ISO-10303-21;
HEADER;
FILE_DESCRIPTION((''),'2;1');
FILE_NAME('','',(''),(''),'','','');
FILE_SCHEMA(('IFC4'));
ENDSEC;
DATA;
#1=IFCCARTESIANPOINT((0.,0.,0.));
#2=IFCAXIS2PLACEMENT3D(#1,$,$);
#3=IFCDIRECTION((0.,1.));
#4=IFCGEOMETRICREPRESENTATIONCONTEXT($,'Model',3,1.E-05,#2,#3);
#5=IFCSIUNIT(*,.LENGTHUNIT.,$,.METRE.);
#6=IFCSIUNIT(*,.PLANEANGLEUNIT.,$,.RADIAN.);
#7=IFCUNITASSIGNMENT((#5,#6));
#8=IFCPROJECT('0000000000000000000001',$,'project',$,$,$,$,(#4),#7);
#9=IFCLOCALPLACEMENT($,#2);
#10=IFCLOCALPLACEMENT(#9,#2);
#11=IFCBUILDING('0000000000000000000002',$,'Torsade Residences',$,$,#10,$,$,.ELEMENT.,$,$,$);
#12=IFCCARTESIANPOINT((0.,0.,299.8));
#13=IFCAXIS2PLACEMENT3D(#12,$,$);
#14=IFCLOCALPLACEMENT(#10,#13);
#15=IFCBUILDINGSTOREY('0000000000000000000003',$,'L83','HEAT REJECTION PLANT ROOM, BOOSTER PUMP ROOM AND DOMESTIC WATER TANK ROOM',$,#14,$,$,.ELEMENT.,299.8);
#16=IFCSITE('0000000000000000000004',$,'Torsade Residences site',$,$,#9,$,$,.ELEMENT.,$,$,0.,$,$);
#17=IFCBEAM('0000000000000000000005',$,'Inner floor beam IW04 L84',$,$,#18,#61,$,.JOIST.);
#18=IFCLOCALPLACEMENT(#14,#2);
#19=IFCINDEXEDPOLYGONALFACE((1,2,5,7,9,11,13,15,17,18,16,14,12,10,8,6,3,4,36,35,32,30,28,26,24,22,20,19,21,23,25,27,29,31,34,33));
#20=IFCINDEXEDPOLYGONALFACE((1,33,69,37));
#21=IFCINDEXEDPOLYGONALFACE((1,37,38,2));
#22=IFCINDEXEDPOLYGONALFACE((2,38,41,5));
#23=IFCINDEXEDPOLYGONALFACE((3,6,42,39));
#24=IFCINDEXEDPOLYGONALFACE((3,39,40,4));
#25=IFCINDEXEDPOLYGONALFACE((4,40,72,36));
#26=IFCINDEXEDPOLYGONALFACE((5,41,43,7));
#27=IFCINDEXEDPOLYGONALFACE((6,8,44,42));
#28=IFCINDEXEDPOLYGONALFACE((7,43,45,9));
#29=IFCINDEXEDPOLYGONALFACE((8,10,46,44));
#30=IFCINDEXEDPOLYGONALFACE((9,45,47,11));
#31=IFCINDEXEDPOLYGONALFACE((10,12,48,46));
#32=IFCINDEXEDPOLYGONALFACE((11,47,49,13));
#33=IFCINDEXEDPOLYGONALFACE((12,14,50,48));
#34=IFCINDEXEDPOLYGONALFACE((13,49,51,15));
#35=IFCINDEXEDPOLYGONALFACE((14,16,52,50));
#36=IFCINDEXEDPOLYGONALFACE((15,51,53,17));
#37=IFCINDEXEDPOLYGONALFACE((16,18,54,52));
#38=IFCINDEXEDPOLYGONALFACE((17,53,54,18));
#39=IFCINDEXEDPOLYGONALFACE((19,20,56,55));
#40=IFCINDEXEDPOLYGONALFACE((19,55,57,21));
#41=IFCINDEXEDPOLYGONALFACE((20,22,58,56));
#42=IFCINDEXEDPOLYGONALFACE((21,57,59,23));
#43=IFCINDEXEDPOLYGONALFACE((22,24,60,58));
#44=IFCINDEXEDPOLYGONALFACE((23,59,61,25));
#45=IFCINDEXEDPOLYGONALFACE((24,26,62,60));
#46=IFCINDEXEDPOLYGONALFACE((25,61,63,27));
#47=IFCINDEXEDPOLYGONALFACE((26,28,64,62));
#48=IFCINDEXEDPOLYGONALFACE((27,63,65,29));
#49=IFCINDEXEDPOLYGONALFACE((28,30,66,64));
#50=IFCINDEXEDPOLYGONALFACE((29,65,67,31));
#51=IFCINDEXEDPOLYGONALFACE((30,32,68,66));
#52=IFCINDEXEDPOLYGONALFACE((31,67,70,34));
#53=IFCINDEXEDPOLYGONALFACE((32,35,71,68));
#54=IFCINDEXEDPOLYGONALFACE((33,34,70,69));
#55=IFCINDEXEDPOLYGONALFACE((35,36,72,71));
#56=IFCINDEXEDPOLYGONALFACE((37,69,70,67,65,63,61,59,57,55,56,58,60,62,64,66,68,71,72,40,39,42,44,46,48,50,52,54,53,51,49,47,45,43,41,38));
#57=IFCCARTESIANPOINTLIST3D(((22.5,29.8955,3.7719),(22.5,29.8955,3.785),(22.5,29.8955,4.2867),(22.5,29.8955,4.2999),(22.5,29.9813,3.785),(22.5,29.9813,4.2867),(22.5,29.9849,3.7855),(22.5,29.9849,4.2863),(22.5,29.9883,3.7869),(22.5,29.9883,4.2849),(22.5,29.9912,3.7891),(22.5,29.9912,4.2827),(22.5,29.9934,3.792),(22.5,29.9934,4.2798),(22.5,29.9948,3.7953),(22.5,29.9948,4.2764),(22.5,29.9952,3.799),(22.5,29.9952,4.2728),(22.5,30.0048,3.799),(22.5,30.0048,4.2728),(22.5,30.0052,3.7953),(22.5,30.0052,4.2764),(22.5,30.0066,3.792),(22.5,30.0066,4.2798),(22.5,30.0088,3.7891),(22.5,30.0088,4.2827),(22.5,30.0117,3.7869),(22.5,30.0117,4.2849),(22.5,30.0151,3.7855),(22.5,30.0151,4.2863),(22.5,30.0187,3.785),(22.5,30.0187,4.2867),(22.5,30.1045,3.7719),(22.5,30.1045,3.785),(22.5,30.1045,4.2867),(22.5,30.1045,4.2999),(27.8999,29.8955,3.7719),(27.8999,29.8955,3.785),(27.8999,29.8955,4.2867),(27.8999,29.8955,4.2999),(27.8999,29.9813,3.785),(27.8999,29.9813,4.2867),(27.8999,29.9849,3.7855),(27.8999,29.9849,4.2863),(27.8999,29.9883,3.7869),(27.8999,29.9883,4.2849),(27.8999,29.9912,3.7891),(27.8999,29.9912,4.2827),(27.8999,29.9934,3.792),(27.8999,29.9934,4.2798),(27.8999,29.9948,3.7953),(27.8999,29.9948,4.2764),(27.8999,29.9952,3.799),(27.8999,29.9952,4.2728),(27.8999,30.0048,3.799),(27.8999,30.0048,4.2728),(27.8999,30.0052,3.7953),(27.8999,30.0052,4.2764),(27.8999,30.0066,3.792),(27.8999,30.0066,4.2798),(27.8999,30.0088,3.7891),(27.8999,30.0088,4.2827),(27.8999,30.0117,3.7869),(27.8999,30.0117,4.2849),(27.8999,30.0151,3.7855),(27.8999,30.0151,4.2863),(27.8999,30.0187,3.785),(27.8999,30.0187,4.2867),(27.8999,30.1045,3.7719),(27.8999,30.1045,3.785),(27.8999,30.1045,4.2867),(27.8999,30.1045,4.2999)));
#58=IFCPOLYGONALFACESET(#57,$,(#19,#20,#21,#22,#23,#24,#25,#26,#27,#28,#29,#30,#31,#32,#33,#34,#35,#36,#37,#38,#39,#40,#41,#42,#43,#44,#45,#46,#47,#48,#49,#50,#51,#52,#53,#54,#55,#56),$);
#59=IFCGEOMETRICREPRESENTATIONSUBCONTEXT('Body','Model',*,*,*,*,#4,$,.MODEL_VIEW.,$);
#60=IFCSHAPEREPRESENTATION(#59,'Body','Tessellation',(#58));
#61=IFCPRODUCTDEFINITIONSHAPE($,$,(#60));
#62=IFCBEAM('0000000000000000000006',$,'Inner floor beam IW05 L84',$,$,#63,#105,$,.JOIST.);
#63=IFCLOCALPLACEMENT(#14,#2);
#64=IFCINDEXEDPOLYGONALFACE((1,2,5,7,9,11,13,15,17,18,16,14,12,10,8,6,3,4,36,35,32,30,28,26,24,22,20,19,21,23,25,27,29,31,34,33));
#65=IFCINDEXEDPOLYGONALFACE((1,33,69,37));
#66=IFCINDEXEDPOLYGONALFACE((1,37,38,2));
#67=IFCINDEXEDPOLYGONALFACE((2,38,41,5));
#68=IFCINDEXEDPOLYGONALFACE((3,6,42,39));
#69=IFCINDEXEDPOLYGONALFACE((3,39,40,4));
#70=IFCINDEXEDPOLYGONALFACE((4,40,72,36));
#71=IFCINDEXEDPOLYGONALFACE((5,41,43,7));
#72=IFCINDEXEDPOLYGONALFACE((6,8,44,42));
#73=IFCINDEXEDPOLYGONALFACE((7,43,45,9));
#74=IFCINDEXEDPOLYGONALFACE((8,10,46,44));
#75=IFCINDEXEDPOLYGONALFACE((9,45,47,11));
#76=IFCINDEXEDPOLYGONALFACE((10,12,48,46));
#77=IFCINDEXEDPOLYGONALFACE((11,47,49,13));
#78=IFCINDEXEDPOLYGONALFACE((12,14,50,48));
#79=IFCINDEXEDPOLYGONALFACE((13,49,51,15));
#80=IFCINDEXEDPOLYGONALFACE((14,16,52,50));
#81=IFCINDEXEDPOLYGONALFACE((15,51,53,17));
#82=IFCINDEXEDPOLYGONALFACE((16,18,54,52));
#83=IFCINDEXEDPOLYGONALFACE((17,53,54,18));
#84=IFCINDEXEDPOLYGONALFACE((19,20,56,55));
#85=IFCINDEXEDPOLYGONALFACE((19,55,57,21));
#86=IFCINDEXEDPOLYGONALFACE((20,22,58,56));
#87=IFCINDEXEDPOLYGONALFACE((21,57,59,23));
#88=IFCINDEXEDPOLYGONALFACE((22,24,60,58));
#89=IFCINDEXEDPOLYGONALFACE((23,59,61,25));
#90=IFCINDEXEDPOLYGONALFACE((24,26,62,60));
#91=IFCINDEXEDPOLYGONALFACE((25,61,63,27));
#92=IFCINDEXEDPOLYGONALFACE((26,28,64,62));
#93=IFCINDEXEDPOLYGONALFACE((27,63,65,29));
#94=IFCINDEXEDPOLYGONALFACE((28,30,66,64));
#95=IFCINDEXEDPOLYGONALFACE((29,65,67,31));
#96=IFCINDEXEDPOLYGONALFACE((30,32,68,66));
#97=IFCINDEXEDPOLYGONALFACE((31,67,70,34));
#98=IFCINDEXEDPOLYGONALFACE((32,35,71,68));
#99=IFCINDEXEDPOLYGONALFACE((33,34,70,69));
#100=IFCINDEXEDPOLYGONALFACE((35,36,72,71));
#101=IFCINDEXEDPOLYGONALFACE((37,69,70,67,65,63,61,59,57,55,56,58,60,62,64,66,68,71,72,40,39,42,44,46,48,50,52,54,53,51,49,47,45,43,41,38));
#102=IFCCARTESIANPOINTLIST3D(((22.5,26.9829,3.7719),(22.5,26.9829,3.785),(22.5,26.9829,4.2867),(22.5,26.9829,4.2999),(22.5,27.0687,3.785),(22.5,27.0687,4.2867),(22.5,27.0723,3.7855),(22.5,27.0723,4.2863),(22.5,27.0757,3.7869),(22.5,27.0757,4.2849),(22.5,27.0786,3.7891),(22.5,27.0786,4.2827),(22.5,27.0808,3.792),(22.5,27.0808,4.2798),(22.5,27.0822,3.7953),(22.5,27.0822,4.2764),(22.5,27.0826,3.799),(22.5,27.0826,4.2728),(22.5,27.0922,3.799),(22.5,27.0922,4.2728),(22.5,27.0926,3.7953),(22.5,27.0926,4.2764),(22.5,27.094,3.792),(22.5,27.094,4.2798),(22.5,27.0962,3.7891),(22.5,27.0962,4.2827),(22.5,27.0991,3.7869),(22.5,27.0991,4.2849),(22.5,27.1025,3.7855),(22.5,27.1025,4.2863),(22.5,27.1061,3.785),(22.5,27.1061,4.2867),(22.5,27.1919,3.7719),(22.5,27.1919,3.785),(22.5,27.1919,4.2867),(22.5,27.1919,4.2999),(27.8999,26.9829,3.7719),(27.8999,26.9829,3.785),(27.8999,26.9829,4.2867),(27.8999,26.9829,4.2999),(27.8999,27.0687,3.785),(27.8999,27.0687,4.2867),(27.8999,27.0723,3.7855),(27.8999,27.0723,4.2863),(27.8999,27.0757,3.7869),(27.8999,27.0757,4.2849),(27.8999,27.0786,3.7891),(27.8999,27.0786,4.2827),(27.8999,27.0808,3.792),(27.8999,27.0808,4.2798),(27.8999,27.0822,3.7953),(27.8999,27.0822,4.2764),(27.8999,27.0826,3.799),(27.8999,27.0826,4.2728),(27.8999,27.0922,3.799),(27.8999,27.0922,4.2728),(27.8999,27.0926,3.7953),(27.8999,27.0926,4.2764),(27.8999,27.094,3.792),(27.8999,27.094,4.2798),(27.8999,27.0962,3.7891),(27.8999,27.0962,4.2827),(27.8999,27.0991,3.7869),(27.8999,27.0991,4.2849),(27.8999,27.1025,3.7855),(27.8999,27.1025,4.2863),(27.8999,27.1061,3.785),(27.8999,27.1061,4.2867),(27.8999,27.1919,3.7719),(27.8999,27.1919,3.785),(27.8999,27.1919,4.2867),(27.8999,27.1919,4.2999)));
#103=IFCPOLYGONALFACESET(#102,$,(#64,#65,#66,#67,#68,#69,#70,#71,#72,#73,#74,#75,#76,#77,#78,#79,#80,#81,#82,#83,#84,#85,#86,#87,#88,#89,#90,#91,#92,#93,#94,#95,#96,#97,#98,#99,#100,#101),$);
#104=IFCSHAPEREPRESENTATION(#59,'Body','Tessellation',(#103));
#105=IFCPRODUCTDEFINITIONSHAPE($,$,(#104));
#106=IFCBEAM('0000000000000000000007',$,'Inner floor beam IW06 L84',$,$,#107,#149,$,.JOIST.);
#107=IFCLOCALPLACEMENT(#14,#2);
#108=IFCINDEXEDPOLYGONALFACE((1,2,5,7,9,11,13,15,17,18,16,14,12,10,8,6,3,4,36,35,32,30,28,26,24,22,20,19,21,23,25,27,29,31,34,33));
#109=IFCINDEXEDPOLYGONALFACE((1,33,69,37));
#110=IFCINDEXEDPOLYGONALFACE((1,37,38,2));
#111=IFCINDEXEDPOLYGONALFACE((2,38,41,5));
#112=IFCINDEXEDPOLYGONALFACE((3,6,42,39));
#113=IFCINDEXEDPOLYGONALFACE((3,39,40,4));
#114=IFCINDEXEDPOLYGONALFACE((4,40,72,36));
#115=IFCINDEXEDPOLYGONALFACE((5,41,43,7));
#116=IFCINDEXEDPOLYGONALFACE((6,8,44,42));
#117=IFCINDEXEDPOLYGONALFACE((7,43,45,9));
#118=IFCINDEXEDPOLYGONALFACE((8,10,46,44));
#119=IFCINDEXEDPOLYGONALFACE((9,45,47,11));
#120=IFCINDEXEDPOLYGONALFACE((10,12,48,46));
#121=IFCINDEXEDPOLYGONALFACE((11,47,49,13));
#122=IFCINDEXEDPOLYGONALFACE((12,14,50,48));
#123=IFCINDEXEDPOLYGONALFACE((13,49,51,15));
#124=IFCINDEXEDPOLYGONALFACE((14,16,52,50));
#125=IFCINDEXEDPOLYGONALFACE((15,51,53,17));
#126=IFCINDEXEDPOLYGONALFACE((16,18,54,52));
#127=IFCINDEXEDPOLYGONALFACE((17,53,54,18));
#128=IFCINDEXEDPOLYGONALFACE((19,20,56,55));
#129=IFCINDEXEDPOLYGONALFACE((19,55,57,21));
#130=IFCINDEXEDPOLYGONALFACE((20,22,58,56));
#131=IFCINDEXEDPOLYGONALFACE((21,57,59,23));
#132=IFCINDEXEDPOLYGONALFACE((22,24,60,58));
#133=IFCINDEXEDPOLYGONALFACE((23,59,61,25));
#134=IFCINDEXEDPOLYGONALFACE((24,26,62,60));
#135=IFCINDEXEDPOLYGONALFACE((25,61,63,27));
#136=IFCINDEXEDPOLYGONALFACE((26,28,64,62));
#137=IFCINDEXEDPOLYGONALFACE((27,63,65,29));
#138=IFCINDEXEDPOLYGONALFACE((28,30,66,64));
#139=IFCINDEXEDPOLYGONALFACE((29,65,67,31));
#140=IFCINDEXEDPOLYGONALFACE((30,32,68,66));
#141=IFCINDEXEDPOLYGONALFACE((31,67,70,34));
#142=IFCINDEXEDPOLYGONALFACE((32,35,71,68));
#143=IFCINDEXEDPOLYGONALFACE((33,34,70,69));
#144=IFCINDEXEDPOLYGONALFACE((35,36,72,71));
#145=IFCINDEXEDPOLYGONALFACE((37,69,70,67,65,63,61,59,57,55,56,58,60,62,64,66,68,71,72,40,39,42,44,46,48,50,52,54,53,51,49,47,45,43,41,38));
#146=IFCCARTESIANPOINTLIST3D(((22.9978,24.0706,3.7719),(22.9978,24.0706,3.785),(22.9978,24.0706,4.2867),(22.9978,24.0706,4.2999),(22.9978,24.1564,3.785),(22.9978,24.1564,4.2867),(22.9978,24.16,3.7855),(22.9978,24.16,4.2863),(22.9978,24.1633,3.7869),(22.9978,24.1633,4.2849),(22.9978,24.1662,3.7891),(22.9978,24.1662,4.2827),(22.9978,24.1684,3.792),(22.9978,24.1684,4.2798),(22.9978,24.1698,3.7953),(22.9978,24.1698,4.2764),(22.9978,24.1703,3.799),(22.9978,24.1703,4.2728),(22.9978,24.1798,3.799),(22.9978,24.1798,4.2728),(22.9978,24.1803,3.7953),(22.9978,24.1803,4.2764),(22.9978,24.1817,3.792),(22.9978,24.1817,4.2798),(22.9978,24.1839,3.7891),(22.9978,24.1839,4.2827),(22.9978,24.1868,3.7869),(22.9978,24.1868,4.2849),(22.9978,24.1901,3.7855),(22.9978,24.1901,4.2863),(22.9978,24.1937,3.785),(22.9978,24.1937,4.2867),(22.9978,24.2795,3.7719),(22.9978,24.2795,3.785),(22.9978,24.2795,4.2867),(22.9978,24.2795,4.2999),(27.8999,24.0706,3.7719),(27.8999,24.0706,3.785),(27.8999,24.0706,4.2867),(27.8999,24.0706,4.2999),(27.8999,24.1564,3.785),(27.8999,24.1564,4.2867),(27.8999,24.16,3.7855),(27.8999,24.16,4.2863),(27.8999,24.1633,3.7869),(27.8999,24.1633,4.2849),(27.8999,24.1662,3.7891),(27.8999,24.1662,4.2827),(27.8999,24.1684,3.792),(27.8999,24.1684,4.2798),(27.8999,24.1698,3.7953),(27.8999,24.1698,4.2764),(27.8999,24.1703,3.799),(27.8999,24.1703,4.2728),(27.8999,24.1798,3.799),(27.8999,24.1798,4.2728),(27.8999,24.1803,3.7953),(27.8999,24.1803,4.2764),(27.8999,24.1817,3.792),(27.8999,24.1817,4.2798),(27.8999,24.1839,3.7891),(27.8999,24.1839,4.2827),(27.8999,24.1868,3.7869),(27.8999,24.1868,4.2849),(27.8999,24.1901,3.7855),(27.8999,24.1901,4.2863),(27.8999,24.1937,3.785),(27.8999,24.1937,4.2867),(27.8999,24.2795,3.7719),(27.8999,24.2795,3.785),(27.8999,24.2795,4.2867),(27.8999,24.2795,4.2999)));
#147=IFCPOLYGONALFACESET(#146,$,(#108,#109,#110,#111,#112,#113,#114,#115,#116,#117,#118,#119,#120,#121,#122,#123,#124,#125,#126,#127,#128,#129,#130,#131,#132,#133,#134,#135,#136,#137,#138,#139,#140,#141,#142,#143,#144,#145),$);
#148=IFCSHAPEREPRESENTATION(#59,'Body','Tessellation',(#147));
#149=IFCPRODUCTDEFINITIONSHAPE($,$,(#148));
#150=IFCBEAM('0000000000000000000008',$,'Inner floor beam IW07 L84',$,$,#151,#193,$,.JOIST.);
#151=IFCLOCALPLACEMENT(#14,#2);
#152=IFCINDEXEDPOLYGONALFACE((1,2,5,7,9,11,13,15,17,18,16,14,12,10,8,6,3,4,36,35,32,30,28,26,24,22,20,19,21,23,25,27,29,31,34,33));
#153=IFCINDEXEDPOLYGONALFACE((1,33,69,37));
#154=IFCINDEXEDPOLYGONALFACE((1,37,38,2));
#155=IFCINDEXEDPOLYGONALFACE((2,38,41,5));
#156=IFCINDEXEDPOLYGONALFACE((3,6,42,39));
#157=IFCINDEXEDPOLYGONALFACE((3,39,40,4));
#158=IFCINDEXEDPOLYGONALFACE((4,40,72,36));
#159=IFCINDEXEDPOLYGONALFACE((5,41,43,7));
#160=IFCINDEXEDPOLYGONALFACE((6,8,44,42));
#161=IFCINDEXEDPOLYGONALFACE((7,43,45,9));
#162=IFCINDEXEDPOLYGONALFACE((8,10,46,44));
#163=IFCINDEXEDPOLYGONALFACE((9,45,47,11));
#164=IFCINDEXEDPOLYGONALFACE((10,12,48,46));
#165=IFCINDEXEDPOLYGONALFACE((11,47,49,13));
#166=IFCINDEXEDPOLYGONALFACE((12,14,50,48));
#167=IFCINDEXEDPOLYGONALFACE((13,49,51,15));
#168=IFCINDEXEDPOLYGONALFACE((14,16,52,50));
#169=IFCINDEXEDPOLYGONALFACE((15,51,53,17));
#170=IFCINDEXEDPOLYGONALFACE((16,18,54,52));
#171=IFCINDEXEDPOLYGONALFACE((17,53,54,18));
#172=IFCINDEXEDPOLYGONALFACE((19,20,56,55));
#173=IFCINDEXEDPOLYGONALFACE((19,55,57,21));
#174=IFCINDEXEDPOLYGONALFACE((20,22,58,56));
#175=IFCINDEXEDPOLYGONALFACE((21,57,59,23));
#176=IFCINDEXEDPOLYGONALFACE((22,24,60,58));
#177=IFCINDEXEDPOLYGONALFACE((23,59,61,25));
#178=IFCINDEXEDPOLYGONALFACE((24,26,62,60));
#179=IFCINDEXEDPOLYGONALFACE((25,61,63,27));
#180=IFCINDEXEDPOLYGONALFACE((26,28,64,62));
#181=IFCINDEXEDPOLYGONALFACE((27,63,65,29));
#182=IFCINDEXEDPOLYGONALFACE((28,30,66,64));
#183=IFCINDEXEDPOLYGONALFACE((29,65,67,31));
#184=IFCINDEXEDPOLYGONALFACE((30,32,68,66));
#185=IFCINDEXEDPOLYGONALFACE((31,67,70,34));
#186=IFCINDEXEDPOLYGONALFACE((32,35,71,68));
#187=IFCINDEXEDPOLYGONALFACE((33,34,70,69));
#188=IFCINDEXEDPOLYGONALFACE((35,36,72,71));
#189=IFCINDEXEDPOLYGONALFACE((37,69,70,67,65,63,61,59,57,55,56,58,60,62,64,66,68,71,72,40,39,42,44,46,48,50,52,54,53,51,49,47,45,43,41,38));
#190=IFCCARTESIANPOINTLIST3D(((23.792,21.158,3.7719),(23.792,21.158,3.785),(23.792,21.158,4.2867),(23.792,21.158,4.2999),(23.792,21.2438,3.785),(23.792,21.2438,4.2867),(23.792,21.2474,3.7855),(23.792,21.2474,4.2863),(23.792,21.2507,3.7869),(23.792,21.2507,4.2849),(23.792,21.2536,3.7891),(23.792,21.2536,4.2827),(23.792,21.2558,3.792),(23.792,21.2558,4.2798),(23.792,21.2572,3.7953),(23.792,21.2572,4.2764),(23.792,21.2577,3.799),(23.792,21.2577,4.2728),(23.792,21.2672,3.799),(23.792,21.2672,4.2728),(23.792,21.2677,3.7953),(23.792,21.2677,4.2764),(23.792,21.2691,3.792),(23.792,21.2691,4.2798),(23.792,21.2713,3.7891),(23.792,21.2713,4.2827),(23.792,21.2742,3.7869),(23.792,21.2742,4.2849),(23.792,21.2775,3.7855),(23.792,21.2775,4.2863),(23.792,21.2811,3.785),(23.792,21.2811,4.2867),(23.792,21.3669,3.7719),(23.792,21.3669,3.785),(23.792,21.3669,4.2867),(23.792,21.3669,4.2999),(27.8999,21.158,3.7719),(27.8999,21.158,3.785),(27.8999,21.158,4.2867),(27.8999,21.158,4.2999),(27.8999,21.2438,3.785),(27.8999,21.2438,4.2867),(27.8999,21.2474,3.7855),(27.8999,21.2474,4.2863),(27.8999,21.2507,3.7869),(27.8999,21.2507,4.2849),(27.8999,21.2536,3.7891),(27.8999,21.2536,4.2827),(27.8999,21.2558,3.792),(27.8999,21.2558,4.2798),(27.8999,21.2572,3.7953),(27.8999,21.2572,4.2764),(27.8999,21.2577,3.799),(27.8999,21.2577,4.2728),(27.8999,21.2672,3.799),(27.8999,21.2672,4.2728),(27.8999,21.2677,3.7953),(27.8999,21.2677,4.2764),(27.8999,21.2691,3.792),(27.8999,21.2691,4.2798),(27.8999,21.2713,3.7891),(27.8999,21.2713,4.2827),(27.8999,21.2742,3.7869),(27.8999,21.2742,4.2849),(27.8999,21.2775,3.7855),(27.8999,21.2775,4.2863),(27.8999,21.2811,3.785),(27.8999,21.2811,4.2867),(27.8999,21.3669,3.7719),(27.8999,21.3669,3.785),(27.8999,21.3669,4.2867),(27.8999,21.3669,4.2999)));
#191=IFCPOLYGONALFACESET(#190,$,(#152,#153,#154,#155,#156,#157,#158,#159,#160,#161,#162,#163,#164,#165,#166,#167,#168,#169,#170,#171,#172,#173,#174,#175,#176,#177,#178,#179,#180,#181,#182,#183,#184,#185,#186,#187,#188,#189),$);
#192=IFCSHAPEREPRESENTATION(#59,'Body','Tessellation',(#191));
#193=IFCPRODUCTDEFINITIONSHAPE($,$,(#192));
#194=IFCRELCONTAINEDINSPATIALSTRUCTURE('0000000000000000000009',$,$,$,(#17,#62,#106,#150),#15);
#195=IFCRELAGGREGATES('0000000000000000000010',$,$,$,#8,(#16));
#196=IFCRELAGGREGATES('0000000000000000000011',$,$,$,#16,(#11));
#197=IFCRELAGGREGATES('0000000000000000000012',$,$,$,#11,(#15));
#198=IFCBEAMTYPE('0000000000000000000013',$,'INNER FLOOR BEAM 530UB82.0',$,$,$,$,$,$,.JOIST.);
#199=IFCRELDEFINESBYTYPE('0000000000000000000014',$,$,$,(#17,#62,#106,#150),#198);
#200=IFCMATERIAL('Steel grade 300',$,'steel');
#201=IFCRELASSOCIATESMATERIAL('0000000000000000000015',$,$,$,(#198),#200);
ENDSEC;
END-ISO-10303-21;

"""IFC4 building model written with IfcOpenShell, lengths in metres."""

from ifc_helpers import new_model, si_unit, direction, frame, origin, origin_2d, place, context, subcontext, project, spatial, i_section, extrude, material, material_profile, profile_set, type_object, element, save


model = new_model("IFC4")

# Units and contexts
model_context = context("Model", 3, precision=1e-05, world=origin(), true_north=direction((0.0, 1.0)))
body_context = subcontext(model_context, "Body", "Model", "MODEL_VIEW")
ifc_project = project(units=[si_unit("LENGTHUNIT", "METRE"), si_unit("PLANEANGLEUNIT", "RADIAN")], contexts=[model_context])

# Site, building, storey
site_placement = place(None, origin())
site = spatial("IfcSite", under=ifc_project, at=site_placement, Name="Torsade Residences site", CompositionType="ELEMENT", RefElevation=0.0)
building_placement = place(site_placement, origin())
building = spatial("IfcBuilding", under=site, at=building_placement, Name="Torsade Residences", CompositionType="ELEMENT")
storey_placement = place(building_placement, frame((0.0, 0.0, 299.8)))
storey = spatial("IfcBuildingStorey", under=building, at=storey_placement, Name="L83", Description="HEAT REJECTION PLANT ROOM, BOOSTER PUMP ROOM AND DOMESTIC WATER TANK ROOM", CompositionType="ELEMENT", Elevation=299.8)

# Beams
ifc_material_1 = material(Name="Steel grade 300", Category="steel")
ifc_material_profile_1 = material_profile(ifc_material_1, i_section(OverallWidth=0.209, OverallDepth=0.5281, WebThickness=0.0095, FlangeThickness=0.0132, FilletRadius=0.0139, at=origin_2d()), Name="530UB82.0")
ifc_profile_set_1 = profile_set([ifc_material_profile_1], Name="Steel grade 300")
beam_type_1 = type_object("IfcBeamType", Name="INNER FLOOR BEAM 530UB82.0", PredefinedType="JOIST", material=ifc_profile_set_1)
for number, where, z_axis, x_axis, name in (
    (1, (27.8999, 30.0, 4.0359), (-1.0, 0.0, 0.0), (0.0, -1.0, 0.0), "Inner floor beam IW04 L84"),
    (2, (27.8999, 27.0874, 4.0359), (-1.0, 0.0, 0.0), (0.0, -1.0, 0.0), "Inner floor beam IW05 L84"),
):
    element("IfcBeam", number, at=place(storey_placement, frame(where, z_axis=z_axis, x_axis=x_axis)), inside=storey, type_object=beam_type_1, Name=name, PredefinedType="JOIST", context=body_context, shape_type="SweptSolid", body=[
        extrude(i_section(OverallWidth=0.209, OverallDepth=0.5281, WebThickness=0.0095, FlangeThickness=0.0132, FilletRadius=0.0139, at=origin_2d()), origin(), (0.0, 0.0, 1.0), 5.3999),
    ])
beam_1_placement = place(storey_placement, frame((27.8999, 24.175, 4.0359), z_axis=(-1.0, 0.0, 0.0), x_axis=(0.0, -1.0, 0.0)))
element("IfcBeam", 3, at=beam_1_placement, inside=storey, type_object=beam_type_1, Name="Inner floor beam IW06 L84", PredefinedType="JOIST", context=body_context, shape_type="SweptSolid", body=[
    extrude(i_section(OverallWidth=0.209, OverallDepth=0.5281, WebThickness=0.0095, FlangeThickness=0.0132, FilletRadius=0.0139, at=origin_2d()), origin(), (0.0, 0.0, 1.0), 4.9021),
])
beam_2_placement = place(storey_placement, frame((27.8999, 21.2625, 4.0359), z_axis=(-1.0, 0.0, 0.0), x_axis=(0.0, -1.0, 0.0)))
element("IfcBeam", 4, at=beam_2_placement, inside=storey, type_object=beam_type_1, Name="Inner floor beam IW07 L84", PredefinedType="JOIST", context=body_context, shape_type="SweptSolid", body=[
    extrude(i_section(OverallWidth=0.209, OverallDepth=0.5281, WebThickness=0.0095, FlangeThickness=0.0132, FilletRadius=0.0139, at=origin_2d()), origin(), (0.0, 0.0, 1.0), 4.1079),
])

save(model, "model.ifc")
